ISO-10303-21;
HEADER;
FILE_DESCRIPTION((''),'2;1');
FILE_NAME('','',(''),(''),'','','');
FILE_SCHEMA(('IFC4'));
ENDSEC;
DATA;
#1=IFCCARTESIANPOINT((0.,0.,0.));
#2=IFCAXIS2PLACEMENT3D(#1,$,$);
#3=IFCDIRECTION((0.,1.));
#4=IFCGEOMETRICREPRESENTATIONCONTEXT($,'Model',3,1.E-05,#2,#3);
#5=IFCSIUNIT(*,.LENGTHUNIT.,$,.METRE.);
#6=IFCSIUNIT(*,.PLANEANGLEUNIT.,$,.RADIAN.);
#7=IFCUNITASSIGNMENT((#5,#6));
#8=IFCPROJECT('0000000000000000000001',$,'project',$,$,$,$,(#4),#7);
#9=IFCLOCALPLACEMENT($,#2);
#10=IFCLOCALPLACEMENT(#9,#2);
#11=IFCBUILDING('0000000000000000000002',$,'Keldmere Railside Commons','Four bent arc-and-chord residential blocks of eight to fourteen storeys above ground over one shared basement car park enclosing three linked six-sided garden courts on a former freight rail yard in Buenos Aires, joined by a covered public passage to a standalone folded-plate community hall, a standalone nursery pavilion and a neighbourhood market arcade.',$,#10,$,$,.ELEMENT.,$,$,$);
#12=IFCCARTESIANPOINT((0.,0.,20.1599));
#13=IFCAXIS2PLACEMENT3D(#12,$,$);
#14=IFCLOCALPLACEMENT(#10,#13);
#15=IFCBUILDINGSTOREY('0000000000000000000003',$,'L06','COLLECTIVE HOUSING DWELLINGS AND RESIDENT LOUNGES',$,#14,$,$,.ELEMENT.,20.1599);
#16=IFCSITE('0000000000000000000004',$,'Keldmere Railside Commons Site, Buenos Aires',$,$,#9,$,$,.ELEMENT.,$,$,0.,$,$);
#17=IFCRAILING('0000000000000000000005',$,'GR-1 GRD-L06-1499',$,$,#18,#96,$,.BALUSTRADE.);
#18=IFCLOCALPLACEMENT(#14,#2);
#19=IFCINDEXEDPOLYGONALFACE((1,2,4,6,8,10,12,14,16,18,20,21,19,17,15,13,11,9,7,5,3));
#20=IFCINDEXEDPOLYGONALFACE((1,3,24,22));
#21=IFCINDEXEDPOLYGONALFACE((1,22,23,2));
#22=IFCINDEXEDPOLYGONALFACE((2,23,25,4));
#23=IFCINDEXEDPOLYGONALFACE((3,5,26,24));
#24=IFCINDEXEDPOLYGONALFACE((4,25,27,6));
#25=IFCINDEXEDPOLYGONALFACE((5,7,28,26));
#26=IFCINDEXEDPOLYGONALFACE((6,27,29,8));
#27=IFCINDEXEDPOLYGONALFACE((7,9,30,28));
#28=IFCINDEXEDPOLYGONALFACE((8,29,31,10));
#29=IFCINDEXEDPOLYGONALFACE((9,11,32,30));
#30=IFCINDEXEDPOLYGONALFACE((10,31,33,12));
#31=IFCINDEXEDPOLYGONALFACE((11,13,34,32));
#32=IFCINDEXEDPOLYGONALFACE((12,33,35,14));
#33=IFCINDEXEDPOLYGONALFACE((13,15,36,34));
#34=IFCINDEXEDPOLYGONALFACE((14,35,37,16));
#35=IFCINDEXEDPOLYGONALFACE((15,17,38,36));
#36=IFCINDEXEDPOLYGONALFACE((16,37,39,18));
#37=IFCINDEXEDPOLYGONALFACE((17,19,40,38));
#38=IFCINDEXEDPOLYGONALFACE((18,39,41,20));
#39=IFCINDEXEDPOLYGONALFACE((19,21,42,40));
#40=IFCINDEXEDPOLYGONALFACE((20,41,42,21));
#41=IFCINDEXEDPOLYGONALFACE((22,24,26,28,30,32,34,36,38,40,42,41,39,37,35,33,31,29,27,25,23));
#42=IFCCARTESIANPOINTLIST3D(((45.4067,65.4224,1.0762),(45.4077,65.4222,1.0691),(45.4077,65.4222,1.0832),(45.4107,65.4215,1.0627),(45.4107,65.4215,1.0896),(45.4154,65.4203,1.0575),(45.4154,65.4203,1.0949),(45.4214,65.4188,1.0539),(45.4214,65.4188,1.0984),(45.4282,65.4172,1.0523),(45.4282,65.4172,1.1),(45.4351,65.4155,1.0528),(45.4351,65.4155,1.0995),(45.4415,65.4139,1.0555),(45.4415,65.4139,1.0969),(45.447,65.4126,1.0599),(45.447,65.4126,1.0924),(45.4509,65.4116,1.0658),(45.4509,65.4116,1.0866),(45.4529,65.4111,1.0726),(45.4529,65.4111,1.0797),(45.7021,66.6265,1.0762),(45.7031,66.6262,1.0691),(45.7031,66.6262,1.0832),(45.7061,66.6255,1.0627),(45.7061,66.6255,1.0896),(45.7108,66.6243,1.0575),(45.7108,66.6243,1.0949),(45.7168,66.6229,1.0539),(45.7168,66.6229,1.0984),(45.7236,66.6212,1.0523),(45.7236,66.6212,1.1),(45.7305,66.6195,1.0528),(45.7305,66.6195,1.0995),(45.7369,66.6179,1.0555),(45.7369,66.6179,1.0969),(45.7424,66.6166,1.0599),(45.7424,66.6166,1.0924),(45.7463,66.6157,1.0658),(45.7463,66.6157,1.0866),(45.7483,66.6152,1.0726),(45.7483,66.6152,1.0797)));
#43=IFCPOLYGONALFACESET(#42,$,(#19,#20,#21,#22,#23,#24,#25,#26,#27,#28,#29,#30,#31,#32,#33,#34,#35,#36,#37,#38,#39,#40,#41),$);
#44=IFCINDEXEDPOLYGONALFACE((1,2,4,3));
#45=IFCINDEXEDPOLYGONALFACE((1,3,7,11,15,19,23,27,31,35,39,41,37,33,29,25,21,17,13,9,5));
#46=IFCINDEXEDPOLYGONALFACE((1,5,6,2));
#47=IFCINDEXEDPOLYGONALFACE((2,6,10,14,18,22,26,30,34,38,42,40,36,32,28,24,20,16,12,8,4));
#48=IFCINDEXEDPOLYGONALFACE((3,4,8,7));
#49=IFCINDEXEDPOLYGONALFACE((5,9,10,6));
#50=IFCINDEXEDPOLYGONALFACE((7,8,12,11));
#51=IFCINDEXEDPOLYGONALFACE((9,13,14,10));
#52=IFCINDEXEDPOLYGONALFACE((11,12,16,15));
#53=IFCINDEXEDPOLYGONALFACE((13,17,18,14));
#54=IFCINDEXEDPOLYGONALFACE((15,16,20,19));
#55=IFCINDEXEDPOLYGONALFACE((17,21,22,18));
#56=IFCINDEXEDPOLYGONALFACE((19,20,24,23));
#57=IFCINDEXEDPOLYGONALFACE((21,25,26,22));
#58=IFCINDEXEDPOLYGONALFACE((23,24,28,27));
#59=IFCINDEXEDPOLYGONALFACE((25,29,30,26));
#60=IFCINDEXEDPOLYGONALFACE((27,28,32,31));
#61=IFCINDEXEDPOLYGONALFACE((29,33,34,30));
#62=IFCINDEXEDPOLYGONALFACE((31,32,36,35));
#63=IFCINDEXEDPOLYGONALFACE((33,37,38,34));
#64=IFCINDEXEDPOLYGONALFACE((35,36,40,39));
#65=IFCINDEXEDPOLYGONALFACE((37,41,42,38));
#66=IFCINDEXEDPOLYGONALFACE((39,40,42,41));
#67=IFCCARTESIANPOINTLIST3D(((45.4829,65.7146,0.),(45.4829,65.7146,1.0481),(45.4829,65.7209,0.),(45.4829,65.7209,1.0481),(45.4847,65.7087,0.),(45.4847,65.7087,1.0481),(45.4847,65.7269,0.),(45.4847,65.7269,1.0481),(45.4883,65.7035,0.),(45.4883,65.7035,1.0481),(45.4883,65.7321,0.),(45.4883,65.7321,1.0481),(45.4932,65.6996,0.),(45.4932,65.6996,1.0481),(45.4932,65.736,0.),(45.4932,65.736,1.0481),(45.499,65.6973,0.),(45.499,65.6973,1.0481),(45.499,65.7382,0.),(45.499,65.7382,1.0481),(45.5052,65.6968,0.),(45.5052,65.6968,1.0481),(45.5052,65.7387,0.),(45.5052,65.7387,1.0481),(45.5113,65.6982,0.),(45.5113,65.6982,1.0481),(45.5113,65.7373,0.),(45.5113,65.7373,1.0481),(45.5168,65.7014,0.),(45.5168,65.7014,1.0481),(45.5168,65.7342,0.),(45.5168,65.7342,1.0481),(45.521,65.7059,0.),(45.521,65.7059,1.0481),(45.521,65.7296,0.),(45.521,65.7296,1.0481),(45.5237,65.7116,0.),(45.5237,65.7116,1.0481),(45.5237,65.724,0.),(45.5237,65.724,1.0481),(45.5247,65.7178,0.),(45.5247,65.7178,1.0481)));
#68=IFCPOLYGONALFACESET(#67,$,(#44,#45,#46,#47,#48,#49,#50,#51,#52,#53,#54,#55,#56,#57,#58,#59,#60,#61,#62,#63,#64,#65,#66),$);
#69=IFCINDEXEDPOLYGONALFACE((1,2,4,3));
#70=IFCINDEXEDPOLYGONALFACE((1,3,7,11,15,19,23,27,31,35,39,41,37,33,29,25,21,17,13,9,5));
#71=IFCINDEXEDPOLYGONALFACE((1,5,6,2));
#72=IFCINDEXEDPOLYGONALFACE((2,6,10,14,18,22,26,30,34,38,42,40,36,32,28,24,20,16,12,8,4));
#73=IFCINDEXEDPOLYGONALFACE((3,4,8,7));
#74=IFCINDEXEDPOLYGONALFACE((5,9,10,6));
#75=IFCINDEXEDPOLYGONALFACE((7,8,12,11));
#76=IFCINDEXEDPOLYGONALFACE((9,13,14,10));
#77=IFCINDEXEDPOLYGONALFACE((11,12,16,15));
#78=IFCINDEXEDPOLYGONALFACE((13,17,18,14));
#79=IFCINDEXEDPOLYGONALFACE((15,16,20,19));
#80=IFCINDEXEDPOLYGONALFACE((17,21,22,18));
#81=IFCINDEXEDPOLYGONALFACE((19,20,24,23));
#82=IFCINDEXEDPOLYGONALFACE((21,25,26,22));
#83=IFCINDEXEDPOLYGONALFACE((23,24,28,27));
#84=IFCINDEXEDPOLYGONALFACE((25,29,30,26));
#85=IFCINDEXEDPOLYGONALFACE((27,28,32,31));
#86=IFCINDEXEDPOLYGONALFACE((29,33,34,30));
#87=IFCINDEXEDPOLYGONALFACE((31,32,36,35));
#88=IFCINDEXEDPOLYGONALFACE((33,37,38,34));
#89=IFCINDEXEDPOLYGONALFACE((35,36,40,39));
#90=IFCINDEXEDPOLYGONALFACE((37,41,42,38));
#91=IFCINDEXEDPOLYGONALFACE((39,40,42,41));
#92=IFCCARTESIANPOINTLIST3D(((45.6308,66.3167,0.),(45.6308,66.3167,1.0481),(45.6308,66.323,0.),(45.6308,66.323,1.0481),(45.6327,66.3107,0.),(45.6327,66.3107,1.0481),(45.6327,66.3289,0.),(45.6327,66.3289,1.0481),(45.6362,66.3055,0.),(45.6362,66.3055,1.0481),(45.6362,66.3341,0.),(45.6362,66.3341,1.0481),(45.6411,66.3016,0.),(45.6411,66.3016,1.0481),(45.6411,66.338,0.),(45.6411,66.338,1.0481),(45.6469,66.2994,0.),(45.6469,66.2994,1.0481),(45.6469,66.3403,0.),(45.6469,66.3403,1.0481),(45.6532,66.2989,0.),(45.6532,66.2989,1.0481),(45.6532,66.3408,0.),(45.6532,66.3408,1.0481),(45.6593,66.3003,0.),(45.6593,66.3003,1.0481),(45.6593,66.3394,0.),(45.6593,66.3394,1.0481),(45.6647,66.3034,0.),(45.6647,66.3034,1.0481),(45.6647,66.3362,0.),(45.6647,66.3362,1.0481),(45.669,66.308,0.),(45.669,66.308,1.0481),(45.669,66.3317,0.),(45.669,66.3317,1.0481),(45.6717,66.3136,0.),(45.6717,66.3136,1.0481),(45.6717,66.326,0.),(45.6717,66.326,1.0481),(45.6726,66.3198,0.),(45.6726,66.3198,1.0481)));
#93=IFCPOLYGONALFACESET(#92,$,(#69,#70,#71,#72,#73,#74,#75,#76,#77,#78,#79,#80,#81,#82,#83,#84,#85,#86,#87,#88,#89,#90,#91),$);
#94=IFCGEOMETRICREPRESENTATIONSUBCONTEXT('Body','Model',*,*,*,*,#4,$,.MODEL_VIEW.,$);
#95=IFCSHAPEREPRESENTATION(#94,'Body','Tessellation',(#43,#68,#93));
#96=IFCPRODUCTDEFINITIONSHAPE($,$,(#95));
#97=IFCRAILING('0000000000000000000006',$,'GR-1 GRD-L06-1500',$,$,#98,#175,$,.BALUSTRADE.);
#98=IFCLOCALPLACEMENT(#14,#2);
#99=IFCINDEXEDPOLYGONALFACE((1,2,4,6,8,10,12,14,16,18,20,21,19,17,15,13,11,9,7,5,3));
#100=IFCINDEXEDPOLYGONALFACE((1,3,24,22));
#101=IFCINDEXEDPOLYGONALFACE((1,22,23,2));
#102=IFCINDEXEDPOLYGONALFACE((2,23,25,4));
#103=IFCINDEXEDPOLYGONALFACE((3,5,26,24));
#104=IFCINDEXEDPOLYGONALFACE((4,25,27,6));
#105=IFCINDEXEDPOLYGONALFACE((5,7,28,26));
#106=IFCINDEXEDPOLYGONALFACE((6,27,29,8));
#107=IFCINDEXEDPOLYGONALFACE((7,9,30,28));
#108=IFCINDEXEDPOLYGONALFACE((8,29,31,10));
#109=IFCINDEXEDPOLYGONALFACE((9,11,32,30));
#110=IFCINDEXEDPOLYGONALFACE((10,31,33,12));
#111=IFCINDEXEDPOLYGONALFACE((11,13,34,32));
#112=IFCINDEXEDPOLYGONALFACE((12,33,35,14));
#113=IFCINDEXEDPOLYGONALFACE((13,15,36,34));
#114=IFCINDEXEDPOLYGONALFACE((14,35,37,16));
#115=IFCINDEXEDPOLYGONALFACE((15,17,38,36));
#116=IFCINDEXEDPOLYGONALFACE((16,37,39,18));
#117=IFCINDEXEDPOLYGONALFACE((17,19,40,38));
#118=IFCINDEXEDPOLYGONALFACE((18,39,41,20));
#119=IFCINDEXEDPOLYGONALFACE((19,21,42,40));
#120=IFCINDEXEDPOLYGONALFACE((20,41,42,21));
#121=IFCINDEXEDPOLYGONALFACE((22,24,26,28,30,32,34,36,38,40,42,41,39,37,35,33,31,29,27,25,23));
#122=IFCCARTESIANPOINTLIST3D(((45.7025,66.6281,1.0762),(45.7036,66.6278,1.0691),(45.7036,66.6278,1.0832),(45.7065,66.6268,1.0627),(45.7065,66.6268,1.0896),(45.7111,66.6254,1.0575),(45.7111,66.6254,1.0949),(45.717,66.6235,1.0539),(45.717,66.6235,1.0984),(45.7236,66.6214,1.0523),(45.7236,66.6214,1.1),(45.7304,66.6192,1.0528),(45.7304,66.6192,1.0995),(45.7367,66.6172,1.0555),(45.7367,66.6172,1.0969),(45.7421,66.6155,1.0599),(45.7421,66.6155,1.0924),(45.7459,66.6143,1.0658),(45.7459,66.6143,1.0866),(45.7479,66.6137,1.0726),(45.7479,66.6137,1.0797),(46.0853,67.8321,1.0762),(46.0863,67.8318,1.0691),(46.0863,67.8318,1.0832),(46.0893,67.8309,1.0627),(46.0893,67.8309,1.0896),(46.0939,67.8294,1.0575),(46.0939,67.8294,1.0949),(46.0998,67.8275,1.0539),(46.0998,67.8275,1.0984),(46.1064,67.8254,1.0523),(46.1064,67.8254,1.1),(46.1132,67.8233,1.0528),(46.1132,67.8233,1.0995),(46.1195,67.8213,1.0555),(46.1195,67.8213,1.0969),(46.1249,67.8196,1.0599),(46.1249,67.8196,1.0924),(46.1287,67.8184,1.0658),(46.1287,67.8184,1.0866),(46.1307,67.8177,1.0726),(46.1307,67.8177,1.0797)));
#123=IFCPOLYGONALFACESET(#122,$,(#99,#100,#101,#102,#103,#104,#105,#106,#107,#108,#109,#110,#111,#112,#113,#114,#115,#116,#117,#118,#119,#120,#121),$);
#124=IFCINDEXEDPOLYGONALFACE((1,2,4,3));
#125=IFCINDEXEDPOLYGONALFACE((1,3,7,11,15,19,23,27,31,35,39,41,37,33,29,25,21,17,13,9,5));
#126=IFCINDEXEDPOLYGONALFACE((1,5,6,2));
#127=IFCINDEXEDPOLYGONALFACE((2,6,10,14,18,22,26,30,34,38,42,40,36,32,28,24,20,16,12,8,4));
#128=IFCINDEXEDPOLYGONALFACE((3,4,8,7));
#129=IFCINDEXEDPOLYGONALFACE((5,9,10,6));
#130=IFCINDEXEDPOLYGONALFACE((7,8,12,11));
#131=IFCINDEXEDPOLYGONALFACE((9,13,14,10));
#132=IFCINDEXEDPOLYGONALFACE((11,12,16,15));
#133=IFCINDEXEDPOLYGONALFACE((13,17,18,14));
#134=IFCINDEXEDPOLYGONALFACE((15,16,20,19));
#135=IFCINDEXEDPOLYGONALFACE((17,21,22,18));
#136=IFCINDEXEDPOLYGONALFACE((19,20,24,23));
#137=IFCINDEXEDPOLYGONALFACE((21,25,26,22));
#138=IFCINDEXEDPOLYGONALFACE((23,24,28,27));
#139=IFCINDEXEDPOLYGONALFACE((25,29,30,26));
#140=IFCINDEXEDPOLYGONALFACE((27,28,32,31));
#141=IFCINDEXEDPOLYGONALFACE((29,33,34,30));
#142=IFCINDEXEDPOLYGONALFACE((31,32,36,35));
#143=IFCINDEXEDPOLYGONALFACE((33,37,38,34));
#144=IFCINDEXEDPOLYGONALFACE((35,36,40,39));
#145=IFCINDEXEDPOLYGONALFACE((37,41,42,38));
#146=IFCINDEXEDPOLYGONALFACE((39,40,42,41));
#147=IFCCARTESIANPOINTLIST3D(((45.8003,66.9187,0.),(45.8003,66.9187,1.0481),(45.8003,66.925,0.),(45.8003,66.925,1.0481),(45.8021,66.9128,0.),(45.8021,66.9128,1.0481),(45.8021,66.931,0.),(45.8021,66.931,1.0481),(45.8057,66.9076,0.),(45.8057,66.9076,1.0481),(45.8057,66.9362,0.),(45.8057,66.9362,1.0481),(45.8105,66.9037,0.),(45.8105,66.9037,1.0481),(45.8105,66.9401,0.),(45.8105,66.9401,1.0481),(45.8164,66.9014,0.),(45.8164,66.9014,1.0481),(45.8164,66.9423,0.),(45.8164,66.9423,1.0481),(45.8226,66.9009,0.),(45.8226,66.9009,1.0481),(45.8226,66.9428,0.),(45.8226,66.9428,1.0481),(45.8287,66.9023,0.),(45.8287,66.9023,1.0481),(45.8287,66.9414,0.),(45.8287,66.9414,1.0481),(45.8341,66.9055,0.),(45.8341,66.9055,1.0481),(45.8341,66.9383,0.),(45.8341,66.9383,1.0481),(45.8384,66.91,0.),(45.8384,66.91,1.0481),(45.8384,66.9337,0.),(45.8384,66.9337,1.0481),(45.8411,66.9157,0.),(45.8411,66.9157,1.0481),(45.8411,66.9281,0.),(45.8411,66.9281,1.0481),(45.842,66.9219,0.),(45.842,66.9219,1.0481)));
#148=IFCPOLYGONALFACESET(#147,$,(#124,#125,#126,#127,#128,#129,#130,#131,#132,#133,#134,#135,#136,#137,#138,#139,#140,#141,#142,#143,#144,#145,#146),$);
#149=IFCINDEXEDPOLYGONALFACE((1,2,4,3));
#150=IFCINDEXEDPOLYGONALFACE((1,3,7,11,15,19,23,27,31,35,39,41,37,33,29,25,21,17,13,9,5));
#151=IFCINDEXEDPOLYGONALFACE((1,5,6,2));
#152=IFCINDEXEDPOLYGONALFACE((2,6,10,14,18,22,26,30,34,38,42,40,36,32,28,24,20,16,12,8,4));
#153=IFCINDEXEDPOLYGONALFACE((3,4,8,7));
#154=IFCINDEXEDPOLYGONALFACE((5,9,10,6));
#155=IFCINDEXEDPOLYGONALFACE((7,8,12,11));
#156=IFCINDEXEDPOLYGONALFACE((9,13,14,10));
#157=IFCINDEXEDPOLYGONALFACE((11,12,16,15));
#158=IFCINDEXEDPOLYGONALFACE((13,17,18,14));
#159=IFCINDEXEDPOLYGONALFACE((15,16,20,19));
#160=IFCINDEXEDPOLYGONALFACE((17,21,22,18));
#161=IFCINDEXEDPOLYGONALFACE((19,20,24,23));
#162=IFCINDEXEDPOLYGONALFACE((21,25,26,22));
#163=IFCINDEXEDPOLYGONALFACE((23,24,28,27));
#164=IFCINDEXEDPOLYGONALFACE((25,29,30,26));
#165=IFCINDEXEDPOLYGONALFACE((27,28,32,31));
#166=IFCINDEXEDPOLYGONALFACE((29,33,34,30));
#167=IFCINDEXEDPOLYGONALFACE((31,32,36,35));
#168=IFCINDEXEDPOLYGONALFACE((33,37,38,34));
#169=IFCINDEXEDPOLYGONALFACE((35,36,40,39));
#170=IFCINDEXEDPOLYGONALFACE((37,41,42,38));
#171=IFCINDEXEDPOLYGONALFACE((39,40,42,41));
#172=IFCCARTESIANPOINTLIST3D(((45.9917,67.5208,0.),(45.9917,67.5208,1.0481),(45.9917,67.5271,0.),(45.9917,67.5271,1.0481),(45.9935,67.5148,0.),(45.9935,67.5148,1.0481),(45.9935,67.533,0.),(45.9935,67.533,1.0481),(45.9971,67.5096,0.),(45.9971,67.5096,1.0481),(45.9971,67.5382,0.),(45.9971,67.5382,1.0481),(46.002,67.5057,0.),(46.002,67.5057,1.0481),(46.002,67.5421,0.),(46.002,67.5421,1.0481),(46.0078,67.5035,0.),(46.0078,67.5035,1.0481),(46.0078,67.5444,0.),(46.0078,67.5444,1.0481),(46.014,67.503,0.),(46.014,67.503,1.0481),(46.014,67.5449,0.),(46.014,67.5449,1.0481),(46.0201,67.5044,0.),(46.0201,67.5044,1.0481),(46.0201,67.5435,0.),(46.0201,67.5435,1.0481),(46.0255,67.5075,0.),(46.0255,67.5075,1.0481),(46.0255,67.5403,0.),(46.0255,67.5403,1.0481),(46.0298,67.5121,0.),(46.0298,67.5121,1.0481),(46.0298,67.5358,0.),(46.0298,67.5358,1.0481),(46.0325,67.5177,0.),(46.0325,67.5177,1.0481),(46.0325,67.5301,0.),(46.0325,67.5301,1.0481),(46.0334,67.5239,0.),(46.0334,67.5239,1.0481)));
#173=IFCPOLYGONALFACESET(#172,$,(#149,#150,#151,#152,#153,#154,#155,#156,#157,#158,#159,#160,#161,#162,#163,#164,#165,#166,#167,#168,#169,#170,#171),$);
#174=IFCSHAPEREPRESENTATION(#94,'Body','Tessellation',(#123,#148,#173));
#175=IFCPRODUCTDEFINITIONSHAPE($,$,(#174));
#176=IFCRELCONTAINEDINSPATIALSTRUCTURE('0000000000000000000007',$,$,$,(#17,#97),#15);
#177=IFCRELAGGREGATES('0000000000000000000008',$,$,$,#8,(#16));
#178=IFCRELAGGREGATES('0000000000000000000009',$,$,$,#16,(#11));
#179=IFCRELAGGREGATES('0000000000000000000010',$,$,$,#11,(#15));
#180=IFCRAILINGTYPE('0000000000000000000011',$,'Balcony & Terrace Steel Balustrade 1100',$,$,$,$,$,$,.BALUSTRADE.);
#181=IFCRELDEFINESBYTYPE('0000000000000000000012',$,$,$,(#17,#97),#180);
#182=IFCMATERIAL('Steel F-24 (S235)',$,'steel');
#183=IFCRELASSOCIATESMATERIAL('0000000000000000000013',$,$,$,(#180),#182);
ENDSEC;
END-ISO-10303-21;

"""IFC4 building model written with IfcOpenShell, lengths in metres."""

from ifc_helpers import new_model, si_unit, direction, frame, origin, origin_2d, place, context, subcontext, project, spatial, circle, extrude, material, type_object, element, save


model = new_model("IFC4")

# Units and contexts
model_context = context("Model", 3, precision=1e-05, world=origin(), true_north=direction((0.0, 1.0)))
body_context = subcontext(model_context, "Body", "Model", "MODEL_VIEW")
ifc_project = project(units=[si_unit("LENGTHUNIT", "METRE"), si_unit("PLANEANGLEUNIT", "RADIAN")], contexts=[model_context])

# Site, building, storey
site_placement = place(None, origin())
site = spatial("IfcSite", under=ifc_project, at=site_placement, Name="Keldmere Railside Commons Site, Buenos Aires", CompositionType="ELEMENT", RefElevation=0.0)
building_placement = place(site_placement, origin())
building = spatial("IfcBuilding", under=site, at=building_placement, Name="Keldmere Railside Commons", Description="Four bent arc-and-chord residential blocks of eight to fourteen storeys above ground over one shared basement car park enclosing three linked six-sided garden courts on a former freight rail yard in Buenos Aires, joined by a covered public passage to a standalone folded-plate community hall, a standalone nursery pavilion and a neighbourhood market arcade.", CompositionType="ELEMENT")
storey_placement = place(building_placement, frame((0.0, 0.0, 20.1599)))
storey = spatial("IfcBuildingStorey", under=building, at=storey_placement, Name="L06", Description="COLLECTIVE HOUSING DWELLINGS AND RESIDENT LOUNGES", CompositionType="ELEMENT", Elevation=20.1599)

# Shared definitions
ifc_material_1 = material(Name="Steel F-24 (S235)", Category="steel")

# Railings
railing_type_1 = type_object("IfcRailingType", Name="Balcony & Terrace Steel Balustrade 1100", PredefinedType="BALUSTRADE", material=ifc_material_1)
railing_1_placement = place(storey_placement, frame((45.4299, 65.4167, 0.0)))
element("IfcRailing", 1, at=railing_1_placement, inside=storey, type_object=railing_type_1, Name="GR-1 GRD-L06-1499", PredefinedType="BALUSTRADE", context=body_context, shape_type="SweptSolid", body=[
    extrude(circle(Radius=0.0239, at=origin_2d()), frame((0.0, 0.0, 1.0762), z_axis=(0.238271, 0.971199, 0.0), x_axis=(-0.971199, 0.238271, 0.0)), (0.0, 0.0, 1.0), 1.2397),
    extrude(circle(Radius=0.021, at=origin_2d()), frame((0.0737, 0.301, 0.0)), (0.0, 0.0, 1.0), 1.0481),
    extrude(circle(Radius=0.021, at=origin_2d()), frame((0.2217, 0.9031, 0.0)), (0.0, 0.0, 1.0), 1.0481),
])
railing_2_placement = place(storey_placement, frame((45.7253, 66.6208, 0.0)))
element("IfcRailing", 2, at=railing_2_placement, inside=storey, type_object=railing_type_1, Name="GR-1 GRD-L06-1500", PredefinedType="BALUSTRADE", context=body_context, shape_type="SweptSolid", body=[
    extrude(circle(Radius=0.0239, at=origin_2d()), frame((0.0, 0.0, 1.0762), z_axis=(0.30298, 0.952997, 0.0), x_axis=(-0.952997, 0.30298, 0.0)), (0.0, 0.0, 1.0), 1.2634),
    extrude(circle(Radius=0.021, at=origin_2d()), frame((0.0957, 0.301, 0.0)), (0.0, 0.0, 1.0), 1.0481),
    extrude(circle(Radius=0.021, at=origin_2d()), frame((0.2871, 0.9031, 0.0)), (0.0, 0.0, 1.0), 1.0481),
])

save(model, "model.ifc")
